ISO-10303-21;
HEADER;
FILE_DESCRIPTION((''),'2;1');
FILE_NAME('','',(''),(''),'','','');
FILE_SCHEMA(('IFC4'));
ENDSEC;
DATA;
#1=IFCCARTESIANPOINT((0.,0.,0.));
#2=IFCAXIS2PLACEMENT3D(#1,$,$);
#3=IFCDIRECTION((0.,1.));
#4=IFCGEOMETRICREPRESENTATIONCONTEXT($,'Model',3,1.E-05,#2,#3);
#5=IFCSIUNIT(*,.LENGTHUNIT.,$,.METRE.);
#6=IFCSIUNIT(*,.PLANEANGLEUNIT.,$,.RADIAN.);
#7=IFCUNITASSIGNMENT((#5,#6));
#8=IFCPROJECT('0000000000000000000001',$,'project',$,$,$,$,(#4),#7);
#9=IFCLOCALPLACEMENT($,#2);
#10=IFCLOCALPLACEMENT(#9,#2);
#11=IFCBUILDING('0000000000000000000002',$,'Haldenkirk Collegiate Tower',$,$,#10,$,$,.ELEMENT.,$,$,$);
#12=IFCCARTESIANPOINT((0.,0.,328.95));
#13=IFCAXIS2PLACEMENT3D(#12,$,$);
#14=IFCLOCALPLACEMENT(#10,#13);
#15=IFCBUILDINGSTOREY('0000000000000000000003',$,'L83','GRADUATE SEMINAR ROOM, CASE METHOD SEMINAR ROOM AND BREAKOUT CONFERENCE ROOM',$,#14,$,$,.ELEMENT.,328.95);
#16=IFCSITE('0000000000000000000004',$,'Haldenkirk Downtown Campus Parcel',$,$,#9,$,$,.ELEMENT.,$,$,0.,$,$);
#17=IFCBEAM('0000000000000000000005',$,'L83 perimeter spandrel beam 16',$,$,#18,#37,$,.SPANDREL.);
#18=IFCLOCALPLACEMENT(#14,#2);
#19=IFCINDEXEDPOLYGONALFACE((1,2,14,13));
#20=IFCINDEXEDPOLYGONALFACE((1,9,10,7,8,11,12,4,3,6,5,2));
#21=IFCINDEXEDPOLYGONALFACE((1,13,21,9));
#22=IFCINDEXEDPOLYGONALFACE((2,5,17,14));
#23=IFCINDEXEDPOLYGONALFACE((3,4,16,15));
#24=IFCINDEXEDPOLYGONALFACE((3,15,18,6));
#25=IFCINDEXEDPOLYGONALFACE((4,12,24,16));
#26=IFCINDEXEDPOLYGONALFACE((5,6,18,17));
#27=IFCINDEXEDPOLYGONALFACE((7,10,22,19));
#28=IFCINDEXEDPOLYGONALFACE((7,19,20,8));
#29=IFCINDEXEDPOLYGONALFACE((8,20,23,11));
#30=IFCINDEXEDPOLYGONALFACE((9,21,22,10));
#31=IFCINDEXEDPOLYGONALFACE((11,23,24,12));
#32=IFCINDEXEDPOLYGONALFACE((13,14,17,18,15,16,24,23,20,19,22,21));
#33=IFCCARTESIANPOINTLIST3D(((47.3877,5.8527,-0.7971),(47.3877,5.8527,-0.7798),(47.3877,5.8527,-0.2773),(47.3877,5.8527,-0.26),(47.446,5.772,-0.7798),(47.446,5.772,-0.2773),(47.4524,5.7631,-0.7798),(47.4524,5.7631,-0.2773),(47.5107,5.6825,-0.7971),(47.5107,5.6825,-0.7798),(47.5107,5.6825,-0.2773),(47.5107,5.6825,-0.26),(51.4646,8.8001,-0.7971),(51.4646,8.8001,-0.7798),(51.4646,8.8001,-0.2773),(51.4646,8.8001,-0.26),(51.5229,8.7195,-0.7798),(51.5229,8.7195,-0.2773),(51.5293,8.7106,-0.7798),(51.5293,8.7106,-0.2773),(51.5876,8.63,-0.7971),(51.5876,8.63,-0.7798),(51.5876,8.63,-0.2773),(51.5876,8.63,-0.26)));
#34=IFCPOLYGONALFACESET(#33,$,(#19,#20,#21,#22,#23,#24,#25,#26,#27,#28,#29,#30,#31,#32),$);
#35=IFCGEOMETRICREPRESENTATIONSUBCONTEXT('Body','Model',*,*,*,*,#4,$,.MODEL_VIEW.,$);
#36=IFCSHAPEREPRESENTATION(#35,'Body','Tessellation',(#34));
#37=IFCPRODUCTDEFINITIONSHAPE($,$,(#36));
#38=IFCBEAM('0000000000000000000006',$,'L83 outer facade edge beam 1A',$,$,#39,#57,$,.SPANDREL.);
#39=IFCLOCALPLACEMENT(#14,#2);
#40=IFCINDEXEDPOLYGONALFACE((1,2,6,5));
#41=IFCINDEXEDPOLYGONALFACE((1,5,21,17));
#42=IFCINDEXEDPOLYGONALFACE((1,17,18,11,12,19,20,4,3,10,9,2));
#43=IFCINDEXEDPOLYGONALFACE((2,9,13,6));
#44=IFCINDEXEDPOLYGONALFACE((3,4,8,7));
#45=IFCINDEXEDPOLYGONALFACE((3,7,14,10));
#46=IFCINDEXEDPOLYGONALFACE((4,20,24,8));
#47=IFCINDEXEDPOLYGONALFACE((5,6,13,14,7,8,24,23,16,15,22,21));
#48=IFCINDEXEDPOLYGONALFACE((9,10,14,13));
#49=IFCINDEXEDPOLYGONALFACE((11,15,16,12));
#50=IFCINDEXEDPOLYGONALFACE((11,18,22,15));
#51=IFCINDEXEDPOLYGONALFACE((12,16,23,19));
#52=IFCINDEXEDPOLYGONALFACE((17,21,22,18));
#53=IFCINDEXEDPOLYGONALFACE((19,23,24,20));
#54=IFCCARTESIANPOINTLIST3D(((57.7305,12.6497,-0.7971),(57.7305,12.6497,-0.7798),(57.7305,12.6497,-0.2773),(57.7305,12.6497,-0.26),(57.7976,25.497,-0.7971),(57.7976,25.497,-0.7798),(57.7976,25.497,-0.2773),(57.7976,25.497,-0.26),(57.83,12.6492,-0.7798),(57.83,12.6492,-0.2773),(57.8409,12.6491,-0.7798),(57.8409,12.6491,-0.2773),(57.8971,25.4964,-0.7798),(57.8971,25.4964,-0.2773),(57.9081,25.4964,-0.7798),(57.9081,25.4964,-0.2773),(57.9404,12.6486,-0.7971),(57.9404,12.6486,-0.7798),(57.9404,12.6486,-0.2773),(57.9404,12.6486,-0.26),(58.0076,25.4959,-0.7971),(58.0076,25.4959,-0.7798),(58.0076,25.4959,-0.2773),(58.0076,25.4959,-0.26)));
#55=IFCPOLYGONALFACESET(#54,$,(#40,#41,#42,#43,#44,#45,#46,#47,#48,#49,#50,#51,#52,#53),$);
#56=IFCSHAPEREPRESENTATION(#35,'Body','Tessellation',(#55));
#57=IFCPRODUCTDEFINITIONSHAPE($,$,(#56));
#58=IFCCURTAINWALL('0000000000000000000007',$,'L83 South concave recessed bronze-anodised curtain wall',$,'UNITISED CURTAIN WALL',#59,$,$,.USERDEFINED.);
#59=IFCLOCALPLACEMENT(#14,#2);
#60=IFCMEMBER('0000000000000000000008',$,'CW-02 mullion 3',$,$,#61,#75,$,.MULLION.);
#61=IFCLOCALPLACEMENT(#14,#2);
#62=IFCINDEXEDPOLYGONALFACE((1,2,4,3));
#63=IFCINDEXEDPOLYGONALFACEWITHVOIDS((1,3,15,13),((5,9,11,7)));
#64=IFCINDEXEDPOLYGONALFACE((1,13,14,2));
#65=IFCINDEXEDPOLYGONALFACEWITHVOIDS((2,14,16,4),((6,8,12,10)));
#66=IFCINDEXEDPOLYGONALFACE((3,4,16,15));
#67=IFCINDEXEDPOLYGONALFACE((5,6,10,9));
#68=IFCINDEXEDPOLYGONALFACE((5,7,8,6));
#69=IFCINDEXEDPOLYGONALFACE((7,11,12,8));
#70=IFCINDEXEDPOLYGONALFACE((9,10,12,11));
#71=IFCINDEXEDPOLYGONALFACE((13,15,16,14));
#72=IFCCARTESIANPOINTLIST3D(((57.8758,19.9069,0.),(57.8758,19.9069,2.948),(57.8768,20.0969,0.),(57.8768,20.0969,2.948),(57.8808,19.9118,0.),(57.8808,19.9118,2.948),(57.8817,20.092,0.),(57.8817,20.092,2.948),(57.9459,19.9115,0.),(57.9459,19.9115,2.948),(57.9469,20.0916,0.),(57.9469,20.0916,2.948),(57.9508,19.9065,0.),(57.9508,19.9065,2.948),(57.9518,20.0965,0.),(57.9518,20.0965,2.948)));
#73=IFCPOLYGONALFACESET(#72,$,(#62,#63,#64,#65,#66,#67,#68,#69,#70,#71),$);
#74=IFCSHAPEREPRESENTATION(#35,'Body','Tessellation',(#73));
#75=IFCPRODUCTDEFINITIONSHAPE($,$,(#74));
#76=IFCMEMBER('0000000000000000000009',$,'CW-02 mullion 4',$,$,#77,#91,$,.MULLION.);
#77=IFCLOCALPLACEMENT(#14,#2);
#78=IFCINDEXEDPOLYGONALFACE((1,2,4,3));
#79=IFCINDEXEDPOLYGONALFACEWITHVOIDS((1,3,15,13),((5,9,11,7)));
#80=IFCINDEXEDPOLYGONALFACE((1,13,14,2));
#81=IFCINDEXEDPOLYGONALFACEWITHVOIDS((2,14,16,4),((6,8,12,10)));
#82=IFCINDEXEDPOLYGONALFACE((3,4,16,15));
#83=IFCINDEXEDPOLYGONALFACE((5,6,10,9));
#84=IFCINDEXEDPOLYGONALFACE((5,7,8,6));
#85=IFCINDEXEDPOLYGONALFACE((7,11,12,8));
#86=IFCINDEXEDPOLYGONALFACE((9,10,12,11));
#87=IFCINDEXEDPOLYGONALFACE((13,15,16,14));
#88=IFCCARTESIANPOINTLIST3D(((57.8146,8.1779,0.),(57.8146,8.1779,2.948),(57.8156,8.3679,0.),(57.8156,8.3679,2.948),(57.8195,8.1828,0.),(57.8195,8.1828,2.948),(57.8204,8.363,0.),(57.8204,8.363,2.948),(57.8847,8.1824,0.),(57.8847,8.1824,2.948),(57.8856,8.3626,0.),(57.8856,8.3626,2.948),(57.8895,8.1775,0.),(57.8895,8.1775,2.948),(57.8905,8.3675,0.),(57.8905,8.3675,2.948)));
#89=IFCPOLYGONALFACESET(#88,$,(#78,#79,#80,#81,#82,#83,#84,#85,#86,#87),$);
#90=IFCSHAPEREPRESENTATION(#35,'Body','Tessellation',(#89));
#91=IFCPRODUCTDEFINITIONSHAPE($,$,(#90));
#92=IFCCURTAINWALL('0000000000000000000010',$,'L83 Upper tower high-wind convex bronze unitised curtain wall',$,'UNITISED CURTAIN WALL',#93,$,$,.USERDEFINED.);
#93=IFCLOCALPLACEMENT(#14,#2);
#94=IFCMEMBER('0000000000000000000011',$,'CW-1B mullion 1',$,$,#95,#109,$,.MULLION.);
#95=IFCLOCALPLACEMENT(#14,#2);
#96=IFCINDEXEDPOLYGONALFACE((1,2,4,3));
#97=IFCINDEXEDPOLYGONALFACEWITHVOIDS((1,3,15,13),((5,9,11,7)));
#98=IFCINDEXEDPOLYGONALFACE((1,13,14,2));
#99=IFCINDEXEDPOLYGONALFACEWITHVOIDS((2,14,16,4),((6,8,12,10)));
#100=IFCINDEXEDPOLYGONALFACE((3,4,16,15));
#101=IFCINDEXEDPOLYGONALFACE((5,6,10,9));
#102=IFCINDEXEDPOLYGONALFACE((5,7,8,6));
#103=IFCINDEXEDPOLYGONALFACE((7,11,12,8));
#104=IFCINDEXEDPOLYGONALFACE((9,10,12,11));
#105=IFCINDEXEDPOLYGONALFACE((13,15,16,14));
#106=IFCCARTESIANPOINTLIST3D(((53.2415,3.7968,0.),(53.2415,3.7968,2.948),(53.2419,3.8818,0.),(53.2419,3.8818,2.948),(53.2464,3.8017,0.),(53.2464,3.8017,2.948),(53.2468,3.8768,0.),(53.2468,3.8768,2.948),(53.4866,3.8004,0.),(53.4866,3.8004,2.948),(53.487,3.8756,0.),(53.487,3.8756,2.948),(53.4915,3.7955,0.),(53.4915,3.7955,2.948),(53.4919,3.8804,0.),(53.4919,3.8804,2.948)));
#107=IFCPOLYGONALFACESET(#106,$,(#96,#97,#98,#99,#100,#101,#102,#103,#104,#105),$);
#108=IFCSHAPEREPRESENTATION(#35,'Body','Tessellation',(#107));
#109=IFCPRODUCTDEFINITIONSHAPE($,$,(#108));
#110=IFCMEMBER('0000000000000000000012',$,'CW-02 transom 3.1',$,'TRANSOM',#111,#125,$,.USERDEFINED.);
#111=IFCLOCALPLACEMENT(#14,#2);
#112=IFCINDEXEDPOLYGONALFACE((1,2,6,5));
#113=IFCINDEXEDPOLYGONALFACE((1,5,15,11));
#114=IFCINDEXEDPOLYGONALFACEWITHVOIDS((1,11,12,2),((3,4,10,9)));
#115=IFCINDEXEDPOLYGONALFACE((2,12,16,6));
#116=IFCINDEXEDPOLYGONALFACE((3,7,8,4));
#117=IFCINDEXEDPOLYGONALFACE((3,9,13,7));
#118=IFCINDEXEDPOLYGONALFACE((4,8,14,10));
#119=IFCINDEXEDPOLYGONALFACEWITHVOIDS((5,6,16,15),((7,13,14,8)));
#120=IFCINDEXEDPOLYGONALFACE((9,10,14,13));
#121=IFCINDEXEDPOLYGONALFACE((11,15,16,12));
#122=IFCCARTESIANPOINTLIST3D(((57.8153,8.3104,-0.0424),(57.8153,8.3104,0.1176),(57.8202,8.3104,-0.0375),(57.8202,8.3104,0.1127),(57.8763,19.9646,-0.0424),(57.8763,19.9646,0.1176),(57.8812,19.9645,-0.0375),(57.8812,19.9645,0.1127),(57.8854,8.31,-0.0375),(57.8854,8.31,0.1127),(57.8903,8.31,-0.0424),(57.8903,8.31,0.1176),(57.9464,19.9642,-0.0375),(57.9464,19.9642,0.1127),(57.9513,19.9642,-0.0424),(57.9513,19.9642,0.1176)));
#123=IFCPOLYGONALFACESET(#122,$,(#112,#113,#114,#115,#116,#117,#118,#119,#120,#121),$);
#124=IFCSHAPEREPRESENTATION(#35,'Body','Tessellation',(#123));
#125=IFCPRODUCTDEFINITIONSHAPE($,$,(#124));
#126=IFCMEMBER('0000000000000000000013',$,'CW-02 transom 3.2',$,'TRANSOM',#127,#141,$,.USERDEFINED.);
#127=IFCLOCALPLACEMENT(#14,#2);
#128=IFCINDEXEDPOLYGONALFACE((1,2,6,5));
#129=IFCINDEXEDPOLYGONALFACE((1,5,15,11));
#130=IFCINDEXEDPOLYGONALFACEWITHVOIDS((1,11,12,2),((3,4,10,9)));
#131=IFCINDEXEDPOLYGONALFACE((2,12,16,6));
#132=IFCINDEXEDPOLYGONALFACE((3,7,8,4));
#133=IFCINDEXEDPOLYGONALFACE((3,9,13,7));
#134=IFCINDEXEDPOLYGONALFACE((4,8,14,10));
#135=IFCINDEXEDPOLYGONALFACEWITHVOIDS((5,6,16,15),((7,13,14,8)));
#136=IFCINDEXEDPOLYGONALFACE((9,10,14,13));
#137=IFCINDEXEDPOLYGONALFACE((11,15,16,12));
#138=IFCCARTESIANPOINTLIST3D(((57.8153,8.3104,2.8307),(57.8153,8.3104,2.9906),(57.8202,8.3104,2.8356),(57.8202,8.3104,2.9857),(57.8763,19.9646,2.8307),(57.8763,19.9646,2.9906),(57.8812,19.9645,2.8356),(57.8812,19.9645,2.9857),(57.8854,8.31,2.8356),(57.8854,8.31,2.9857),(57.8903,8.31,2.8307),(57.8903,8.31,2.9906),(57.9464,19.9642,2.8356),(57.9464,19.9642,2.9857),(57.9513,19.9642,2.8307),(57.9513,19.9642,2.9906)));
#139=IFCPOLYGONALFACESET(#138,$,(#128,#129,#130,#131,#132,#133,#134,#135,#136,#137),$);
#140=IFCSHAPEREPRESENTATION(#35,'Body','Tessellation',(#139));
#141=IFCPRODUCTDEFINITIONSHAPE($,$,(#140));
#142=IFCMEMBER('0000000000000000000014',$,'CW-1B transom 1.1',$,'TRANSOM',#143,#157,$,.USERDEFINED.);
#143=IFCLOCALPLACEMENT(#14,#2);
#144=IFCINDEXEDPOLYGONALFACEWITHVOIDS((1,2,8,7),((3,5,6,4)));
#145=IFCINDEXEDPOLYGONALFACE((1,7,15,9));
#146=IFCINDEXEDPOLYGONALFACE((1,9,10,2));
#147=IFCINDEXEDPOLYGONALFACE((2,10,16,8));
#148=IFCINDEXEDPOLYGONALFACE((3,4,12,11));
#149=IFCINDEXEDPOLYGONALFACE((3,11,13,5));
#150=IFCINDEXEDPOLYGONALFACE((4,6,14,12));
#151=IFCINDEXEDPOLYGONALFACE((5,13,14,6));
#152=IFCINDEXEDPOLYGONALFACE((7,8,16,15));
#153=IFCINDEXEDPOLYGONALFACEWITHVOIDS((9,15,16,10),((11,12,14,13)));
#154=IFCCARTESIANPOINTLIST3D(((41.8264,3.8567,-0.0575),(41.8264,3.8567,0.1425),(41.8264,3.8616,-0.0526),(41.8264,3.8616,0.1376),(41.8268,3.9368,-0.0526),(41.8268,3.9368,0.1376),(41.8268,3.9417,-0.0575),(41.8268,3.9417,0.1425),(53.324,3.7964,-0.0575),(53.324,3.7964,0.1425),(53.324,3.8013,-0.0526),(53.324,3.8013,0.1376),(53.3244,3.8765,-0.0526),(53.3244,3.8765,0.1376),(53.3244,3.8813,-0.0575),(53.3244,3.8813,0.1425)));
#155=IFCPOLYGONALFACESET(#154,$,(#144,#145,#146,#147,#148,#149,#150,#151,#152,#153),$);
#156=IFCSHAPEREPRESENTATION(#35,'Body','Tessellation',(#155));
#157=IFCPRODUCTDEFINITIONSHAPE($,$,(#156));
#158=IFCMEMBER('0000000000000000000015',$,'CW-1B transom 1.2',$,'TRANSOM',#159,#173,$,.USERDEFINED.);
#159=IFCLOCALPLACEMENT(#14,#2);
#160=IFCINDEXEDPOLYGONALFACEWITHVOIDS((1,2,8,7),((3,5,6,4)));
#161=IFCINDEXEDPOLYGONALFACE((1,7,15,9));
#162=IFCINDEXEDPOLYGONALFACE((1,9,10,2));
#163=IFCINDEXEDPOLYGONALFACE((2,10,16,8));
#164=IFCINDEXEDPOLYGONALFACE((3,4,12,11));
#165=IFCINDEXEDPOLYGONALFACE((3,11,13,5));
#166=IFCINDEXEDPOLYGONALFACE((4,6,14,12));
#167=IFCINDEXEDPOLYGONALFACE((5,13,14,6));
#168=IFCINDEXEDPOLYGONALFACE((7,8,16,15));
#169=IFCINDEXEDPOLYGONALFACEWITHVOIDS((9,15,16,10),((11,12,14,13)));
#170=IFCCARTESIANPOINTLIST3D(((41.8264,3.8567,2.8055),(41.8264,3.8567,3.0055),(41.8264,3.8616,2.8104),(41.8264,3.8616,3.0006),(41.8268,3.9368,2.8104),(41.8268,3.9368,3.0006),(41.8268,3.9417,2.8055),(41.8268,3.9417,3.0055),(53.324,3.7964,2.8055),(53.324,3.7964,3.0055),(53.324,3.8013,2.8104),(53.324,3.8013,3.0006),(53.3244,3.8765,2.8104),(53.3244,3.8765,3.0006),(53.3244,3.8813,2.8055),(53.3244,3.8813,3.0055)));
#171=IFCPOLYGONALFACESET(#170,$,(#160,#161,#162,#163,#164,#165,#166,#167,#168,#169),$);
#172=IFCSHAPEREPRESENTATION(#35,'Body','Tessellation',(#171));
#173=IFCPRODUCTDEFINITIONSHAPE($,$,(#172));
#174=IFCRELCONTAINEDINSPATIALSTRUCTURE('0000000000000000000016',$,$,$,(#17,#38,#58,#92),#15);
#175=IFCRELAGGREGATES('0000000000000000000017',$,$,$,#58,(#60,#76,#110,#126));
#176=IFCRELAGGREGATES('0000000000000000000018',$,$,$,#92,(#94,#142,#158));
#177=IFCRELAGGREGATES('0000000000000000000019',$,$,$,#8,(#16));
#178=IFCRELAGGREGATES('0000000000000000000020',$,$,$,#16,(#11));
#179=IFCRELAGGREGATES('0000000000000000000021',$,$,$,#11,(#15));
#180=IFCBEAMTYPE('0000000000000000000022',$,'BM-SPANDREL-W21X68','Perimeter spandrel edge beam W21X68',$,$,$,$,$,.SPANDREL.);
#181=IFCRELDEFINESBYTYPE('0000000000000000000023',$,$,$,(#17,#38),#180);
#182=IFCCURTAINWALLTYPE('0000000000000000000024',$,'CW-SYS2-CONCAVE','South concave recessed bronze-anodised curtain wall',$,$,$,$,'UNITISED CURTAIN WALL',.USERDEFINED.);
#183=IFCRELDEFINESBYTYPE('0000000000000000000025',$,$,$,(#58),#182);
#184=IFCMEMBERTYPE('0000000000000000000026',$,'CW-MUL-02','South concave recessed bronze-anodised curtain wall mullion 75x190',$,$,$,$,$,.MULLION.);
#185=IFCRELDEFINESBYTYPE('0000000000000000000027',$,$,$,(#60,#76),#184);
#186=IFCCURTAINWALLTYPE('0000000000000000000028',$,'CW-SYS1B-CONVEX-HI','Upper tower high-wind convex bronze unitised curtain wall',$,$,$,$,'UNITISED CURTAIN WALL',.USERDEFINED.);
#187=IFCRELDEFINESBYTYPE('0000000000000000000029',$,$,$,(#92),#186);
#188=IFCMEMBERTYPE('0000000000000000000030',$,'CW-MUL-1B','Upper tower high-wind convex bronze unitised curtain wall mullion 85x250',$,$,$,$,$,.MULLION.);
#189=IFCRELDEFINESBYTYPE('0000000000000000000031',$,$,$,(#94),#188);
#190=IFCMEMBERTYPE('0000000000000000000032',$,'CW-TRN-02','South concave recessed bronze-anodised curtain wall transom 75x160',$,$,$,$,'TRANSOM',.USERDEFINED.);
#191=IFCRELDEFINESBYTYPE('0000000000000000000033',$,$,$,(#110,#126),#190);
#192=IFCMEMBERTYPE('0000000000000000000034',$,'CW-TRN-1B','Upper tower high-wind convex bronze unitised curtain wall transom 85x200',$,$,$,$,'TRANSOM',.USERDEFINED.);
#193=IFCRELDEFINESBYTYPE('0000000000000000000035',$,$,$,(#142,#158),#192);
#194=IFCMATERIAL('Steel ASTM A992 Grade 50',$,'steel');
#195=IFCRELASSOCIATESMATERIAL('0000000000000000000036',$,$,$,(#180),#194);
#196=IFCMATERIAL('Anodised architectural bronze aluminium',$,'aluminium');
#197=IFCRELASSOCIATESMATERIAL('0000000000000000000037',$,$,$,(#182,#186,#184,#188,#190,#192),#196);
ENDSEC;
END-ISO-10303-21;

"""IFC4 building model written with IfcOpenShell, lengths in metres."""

from ifc_helpers import new_model, si_unit, direction, frame, origin, origin_2d, place, context, subcontext, project, spatial, hollow_rectangle, i_section, extrude, material, material_profile, profile_set, type_object, element, aggregate, save


model = new_model("IFC4")

# Units and contexts
model_context = context("Model", 3, precision=1e-05, world=origin(), true_north=direction((0.0, 1.0)))
body_context = subcontext(model_context, "Body", "Model", "MODEL_VIEW")
ifc_project = project(units=[si_unit("LENGTHUNIT", "METRE"), si_unit("PLANEANGLEUNIT", "RADIAN")], contexts=[model_context])

# Site, building, storey
site_placement = place(None, origin())
site = spatial("IfcSite", under=ifc_project, at=site_placement, Name="Haldenkirk Downtown Campus Parcel", CompositionType="ELEMENT", RefElevation=0.0)
building_placement = place(site_placement, origin())
building = spatial("IfcBuilding", under=site, at=building_placement, Name="Haldenkirk Collegiate Tower", CompositionType="ELEMENT")
storey_placement = place(building_placement, frame((0.0, 0.0, 328.95)))
storey = spatial("IfcBuildingStorey", under=building, at=storey_placement, Name="L83", Description="GRADUATE SEMINAR ROOM, CASE METHOD SEMINAR ROOM AND BREAKOUT CONFERENCE ROOM", CompositionType="ELEMENT", Elevation=328.95)

# Beams
ifc_material_1 = material(Name="Steel ASTM A992 Grade 50", Category="steel")
ifc_material_profile_1 = material_profile(ifc_material_1, i_section(OverallWidth=0.21, OverallDepth=0.5371, WebThickness=0.011, FlangeThickness=0.0173, at=origin_2d()), Name="W21X68")
ifc_profile_set_1 = profile_set([ifc_material_profile_1], Name="Steel ASTM A992 Grade 50")
beam_type_1 = type_object("IfcBeamType", Name="BM-SPANDREL-W21X68", Description="Perimeter spandrel edge beam W21X68", PredefinedType="SPANDREL", material=ifc_profile_set_1)
beam_1_placement = place(storey_placement, frame((47.4492, 5.7676, -0.5286), z_axis=(0.810389, 0.585893, 0.0), x_axis=(-0.585893, 0.810389, 0.0)))
element("IfcBeam", 1, at=beam_1_placement, inside=storey, type_object=beam_type_1, Name="L83 perimeter spandrel beam 16", PredefinedType="SPANDREL", context=body_context, shape_type="SweptSolid", body=[
    extrude(i_section(OverallWidth=0.21, OverallDepth=0.5371, WebThickness=0.011, FlangeThickness=0.0173, at=origin_2d()), origin(), (0.0, 0.0, 1.0), 5.0308),
])
beam_2_placement = place(storey_placement, frame((57.8354, 12.6492, -0.5286), z_axis=(0.005226, 0.999986, 0.0), x_axis=(-0.999986, 0.005226, 0.0)))
element("IfcBeam", 2, at=beam_2_placement, inside=storey, type_object=beam_type_1, Name="L83 outer facade edge beam 1A", PredefinedType="SPANDREL", context=body_context, shape_type="SweptSolid", body=[
    extrude(i_section(OverallWidth=0.21, OverallDepth=0.5371, WebThickness=0.011, FlangeThickness=0.0173, at=origin_2d()), origin(), (0.0, 0.0, 1.0), 12.8474),
])

# Curtain wall, members
ifc_material_2 = material(Name="Anodised architectural bronze aluminium", Category="aluminium")
curtain_wall_type_1 = type_object("IfcCurtainWallType", Name="CW-SYS2-CONCAVE", Description="South concave recessed bronze-anodised curtain wall", ElementType="UNITISED CURTAIN WALL", PredefinedType="USERDEFINED", material=ifc_material_2)
curtain_wall_1_placement = place(storey_placement, origin())
curtain_wall_1 = element("IfcCurtainWall", 3, at=curtain_wall_1_placement, inside=storey, type_object=curtain_wall_type_1, Name="L83 South concave recessed bronze-anodised curtain wall", ObjectType="UNITISED CURTAIN WALL", PredefinedType="USERDEFINED")
ifc_material_profile_2 = material_profile(ifc_material_2, hollow_rectangle(XDim=0.075, YDim=0.1899, WallThickness=0.0049, at=origin_2d()), Name="CW-MUL-02")
ifc_profile_set_2 = profile_set([ifc_material_profile_2], Name="Anodised architectural bronze aluminium")
member_type_1 = type_object("IfcMemberType", Name="CW-MUL-02", Description="South concave recessed bronze-anodised curtain wall mullion 75x190", PredefinedType="MULLION", material=ifc_profile_set_2)
member_1_placement = place(storey_placement, frame((57.9138, 20.0017, 0.0), z_axis=(0.0, 0.0, 1.0), x_axis=(0.999986, -0.005235, 0.0)))
member_1 = element("IfcMember", 4, at=member_1_placement, type_object=member_type_1, Name="CW-02 mullion 3", PredefinedType="MULLION", context=body_context, shape_type="SweptSolid", body=[
    extrude(hollow_rectangle(XDim=0.075, YDim=0.1899, WallThickness=0.0049, at=origin_2d()), origin(), (0.0, 0.0, 1.0), 2.948),
])
member_2_placement = place(storey_placement, frame((57.8525, 8.2727, 0.0), z_axis=(0.0, 0.0, 1.0), x_axis=(0.999986, -0.005235, 0.0)))
member_2 = element("IfcMember", 5, at=member_2_placement, type_object=member_type_1, Name="CW-02 mullion 4", PredefinedType="MULLION", context=body_context, shape_type="SweptSolid", body=[
    extrude(hollow_rectangle(XDim=0.075, YDim=0.1899, WallThickness=0.0049, at=origin_2d()), origin(), (0.0, 0.0, 1.0), 2.948),
])

# Curtain wall, member
curtain_wall_type_2 = type_object("IfcCurtainWallType", Name="CW-SYS1B-CONVEX-HI", Description="Upper tower high-wind convex bronze unitised curtain wall", ElementType="UNITISED CURTAIN WALL", PredefinedType="USERDEFINED", material=ifc_material_2)
curtain_wall_2_placement = place(storey_placement, origin())
curtain_wall_2 = element("IfcCurtainWall", 6, at=curtain_wall_2_placement, inside=storey, type_object=curtain_wall_type_2, Name="L83 Upper tower high-wind convex bronze unitised curtain wall", ObjectType="UNITISED CURTAIN WALL", PredefinedType="USERDEFINED")
ifc_material_profile_3 = material_profile(ifc_material_2, hollow_rectangle(XDim=0.085, YDim=0.25, WallThickness=0.0049, at=origin_2d()), Name="CW-MUL-1B")
ifc_profile_set_3 = profile_set([ifc_material_profile_3], Name="Anodised architectural bronze aluminium")
member_type_2 = type_object("IfcMemberType", Name="CW-MUL-1B", Description="Upper tower high-wind convex bronze unitised curtain wall mullion 85x250", PredefinedType="MULLION", material=ifc_profile_set_3)
member_3_placement = place(storey_placement, frame((53.3667, 3.8386, 0.0), z_axis=(0.0, 0.0, 1.0), x_axis=(-0.005239, -0.999986, 0.0)))
member_3 = element("IfcMember", 7, at=member_3_placement, type_object=member_type_2, Name="CW-1B mullion 1", PredefinedType="MULLION", context=body_context, shape_type="SweptSolid", body=[
    extrude(hollow_rectangle(XDim=0.085, YDim=0.25, WallThickness=0.0049, at=origin_2d()), origin(), (0.0, 0.0, 1.0), 2.948),
])

# Members
ifc_material_profile_4 = material_profile(ifc_material_2, hollow_rectangle(XDim=0.075, YDim=0.1599, WallThickness=0.0049, at=origin_2d()), Name="CW-TRN-02")
ifc_profile_set_4 = profile_set([ifc_material_profile_4], Name="Anodised architectural bronze aluminium")
member_type_3 = type_object("IfcMemberType", Name="CW-TRN-02", Description="South concave recessed bronze-anodised curtain wall transom 75x160", ElementType="TRANSOM", PredefinedType="USERDEFINED", material=ifc_profile_set_4)
member_4_placement = place(storey_placement, frame((57.9138, 19.9644, 0.0376), z_axis=(-0.005237, -0.999986, 0.0), x_axis=(0.999986, -0.005237, 0.0)))
member_4 = element("IfcMember", 8, at=member_4_placement, type_object=member_type_3, Name="CW-02 transom 3.1", ObjectType="TRANSOM", PredefinedType="USERDEFINED", context=body_context, shape_type="SweptSolid", body=[
    extrude(hollow_rectangle(XDim=0.075, YDim=0.1599, WallThickness=0.0049, at=origin_2d()), origin(), (0.0, 0.0, 1.0), 11.6543),
])
member_5_placement = place(storey_placement, frame((57.9138, 19.9644, 2.9106), z_axis=(-0.005237, -0.999986, 0.0), x_axis=(0.999986, -0.005237, 0.0)))
member_5 = element("IfcMember", 9, at=member_5_placement, type_object=member_type_3, Name="CW-02 transom 3.2", ObjectType="TRANSOM", PredefinedType="USERDEFINED", context=body_context, shape_type="SweptSolid", body=[
    extrude(hollow_rectangle(XDim=0.075, YDim=0.1599, WallThickness=0.0049, at=origin_2d()), origin(), (0.0, 0.0, 1.0), 11.6543),
])
ifc_material_profile_5 = material_profile(ifc_material_2, hollow_rectangle(XDim=0.085, YDim=0.2, WallThickness=0.0049, at=origin_2d()), Name="CW-TRN-1B")
ifc_profile_set_5 = profile_set([ifc_material_profile_5], Name="Anodised architectural bronze aluminium")
member_type_4 = type_object("IfcMemberType", Name="CW-TRN-1B", Description="Upper tower high-wind convex bronze unitised curtain wall transom 85x200", ElementType="TRANSOM", PredefinedType="USERDEFINED", material=ifc_profile_set_5)
member_6_placement = place(storey_placement, frame((53.3242, 3.8389, 0.0425), z_axis=(-0.999986, 0.005245, 0.0), x_axis=(-0.005245, -0.999986, 0.0)))
member_6 = element("IfcMember", 10, at=member_6_placement, type_object=member_type_4, Name="CW-1B transom 1.1", ObjectType="TRANSOM", PredefinedType="USERDEFINED", context=body_context, shape_type="SweptSolid", body=[
    extrude(hollow_rectangle(XDim=0.085, YDim=0.2, WallThickness=0.0049, at=origin_2d()), origin(), (0.0, 0.0, 1.0), 11.4978),
])
member_7_placement = place(storey_placement, frame((53.3242, 3.8389, 2.9055), z_axis=(-0.999986, 0.005245, 0.0), x_axis=(-0.005245, -0.999986, 0.0)))
member_7 = element("IfcMember", 11, at=member_7_placement, type_object=member_type_4, Name="CW-1B transom 1.2", ObjectType="TRANSOM", PredefinedType="USERDEFINED", context=body_context, shape_type="SweptSolid", body=[
    extrude(hollow_rectangle(XDim=0.085, YDim=0.2, WallThickness=0.0049, at=origin_2d()), origin(), (0.0, 0.0, 1.0), 11.4978),
])

aggregate(curtain_wall_1, [member_1, member_2, member_4, member_5])
aggregate(curtain_wall_2, [member_3, member_6, member_7])

save(model, "model.ifc")
